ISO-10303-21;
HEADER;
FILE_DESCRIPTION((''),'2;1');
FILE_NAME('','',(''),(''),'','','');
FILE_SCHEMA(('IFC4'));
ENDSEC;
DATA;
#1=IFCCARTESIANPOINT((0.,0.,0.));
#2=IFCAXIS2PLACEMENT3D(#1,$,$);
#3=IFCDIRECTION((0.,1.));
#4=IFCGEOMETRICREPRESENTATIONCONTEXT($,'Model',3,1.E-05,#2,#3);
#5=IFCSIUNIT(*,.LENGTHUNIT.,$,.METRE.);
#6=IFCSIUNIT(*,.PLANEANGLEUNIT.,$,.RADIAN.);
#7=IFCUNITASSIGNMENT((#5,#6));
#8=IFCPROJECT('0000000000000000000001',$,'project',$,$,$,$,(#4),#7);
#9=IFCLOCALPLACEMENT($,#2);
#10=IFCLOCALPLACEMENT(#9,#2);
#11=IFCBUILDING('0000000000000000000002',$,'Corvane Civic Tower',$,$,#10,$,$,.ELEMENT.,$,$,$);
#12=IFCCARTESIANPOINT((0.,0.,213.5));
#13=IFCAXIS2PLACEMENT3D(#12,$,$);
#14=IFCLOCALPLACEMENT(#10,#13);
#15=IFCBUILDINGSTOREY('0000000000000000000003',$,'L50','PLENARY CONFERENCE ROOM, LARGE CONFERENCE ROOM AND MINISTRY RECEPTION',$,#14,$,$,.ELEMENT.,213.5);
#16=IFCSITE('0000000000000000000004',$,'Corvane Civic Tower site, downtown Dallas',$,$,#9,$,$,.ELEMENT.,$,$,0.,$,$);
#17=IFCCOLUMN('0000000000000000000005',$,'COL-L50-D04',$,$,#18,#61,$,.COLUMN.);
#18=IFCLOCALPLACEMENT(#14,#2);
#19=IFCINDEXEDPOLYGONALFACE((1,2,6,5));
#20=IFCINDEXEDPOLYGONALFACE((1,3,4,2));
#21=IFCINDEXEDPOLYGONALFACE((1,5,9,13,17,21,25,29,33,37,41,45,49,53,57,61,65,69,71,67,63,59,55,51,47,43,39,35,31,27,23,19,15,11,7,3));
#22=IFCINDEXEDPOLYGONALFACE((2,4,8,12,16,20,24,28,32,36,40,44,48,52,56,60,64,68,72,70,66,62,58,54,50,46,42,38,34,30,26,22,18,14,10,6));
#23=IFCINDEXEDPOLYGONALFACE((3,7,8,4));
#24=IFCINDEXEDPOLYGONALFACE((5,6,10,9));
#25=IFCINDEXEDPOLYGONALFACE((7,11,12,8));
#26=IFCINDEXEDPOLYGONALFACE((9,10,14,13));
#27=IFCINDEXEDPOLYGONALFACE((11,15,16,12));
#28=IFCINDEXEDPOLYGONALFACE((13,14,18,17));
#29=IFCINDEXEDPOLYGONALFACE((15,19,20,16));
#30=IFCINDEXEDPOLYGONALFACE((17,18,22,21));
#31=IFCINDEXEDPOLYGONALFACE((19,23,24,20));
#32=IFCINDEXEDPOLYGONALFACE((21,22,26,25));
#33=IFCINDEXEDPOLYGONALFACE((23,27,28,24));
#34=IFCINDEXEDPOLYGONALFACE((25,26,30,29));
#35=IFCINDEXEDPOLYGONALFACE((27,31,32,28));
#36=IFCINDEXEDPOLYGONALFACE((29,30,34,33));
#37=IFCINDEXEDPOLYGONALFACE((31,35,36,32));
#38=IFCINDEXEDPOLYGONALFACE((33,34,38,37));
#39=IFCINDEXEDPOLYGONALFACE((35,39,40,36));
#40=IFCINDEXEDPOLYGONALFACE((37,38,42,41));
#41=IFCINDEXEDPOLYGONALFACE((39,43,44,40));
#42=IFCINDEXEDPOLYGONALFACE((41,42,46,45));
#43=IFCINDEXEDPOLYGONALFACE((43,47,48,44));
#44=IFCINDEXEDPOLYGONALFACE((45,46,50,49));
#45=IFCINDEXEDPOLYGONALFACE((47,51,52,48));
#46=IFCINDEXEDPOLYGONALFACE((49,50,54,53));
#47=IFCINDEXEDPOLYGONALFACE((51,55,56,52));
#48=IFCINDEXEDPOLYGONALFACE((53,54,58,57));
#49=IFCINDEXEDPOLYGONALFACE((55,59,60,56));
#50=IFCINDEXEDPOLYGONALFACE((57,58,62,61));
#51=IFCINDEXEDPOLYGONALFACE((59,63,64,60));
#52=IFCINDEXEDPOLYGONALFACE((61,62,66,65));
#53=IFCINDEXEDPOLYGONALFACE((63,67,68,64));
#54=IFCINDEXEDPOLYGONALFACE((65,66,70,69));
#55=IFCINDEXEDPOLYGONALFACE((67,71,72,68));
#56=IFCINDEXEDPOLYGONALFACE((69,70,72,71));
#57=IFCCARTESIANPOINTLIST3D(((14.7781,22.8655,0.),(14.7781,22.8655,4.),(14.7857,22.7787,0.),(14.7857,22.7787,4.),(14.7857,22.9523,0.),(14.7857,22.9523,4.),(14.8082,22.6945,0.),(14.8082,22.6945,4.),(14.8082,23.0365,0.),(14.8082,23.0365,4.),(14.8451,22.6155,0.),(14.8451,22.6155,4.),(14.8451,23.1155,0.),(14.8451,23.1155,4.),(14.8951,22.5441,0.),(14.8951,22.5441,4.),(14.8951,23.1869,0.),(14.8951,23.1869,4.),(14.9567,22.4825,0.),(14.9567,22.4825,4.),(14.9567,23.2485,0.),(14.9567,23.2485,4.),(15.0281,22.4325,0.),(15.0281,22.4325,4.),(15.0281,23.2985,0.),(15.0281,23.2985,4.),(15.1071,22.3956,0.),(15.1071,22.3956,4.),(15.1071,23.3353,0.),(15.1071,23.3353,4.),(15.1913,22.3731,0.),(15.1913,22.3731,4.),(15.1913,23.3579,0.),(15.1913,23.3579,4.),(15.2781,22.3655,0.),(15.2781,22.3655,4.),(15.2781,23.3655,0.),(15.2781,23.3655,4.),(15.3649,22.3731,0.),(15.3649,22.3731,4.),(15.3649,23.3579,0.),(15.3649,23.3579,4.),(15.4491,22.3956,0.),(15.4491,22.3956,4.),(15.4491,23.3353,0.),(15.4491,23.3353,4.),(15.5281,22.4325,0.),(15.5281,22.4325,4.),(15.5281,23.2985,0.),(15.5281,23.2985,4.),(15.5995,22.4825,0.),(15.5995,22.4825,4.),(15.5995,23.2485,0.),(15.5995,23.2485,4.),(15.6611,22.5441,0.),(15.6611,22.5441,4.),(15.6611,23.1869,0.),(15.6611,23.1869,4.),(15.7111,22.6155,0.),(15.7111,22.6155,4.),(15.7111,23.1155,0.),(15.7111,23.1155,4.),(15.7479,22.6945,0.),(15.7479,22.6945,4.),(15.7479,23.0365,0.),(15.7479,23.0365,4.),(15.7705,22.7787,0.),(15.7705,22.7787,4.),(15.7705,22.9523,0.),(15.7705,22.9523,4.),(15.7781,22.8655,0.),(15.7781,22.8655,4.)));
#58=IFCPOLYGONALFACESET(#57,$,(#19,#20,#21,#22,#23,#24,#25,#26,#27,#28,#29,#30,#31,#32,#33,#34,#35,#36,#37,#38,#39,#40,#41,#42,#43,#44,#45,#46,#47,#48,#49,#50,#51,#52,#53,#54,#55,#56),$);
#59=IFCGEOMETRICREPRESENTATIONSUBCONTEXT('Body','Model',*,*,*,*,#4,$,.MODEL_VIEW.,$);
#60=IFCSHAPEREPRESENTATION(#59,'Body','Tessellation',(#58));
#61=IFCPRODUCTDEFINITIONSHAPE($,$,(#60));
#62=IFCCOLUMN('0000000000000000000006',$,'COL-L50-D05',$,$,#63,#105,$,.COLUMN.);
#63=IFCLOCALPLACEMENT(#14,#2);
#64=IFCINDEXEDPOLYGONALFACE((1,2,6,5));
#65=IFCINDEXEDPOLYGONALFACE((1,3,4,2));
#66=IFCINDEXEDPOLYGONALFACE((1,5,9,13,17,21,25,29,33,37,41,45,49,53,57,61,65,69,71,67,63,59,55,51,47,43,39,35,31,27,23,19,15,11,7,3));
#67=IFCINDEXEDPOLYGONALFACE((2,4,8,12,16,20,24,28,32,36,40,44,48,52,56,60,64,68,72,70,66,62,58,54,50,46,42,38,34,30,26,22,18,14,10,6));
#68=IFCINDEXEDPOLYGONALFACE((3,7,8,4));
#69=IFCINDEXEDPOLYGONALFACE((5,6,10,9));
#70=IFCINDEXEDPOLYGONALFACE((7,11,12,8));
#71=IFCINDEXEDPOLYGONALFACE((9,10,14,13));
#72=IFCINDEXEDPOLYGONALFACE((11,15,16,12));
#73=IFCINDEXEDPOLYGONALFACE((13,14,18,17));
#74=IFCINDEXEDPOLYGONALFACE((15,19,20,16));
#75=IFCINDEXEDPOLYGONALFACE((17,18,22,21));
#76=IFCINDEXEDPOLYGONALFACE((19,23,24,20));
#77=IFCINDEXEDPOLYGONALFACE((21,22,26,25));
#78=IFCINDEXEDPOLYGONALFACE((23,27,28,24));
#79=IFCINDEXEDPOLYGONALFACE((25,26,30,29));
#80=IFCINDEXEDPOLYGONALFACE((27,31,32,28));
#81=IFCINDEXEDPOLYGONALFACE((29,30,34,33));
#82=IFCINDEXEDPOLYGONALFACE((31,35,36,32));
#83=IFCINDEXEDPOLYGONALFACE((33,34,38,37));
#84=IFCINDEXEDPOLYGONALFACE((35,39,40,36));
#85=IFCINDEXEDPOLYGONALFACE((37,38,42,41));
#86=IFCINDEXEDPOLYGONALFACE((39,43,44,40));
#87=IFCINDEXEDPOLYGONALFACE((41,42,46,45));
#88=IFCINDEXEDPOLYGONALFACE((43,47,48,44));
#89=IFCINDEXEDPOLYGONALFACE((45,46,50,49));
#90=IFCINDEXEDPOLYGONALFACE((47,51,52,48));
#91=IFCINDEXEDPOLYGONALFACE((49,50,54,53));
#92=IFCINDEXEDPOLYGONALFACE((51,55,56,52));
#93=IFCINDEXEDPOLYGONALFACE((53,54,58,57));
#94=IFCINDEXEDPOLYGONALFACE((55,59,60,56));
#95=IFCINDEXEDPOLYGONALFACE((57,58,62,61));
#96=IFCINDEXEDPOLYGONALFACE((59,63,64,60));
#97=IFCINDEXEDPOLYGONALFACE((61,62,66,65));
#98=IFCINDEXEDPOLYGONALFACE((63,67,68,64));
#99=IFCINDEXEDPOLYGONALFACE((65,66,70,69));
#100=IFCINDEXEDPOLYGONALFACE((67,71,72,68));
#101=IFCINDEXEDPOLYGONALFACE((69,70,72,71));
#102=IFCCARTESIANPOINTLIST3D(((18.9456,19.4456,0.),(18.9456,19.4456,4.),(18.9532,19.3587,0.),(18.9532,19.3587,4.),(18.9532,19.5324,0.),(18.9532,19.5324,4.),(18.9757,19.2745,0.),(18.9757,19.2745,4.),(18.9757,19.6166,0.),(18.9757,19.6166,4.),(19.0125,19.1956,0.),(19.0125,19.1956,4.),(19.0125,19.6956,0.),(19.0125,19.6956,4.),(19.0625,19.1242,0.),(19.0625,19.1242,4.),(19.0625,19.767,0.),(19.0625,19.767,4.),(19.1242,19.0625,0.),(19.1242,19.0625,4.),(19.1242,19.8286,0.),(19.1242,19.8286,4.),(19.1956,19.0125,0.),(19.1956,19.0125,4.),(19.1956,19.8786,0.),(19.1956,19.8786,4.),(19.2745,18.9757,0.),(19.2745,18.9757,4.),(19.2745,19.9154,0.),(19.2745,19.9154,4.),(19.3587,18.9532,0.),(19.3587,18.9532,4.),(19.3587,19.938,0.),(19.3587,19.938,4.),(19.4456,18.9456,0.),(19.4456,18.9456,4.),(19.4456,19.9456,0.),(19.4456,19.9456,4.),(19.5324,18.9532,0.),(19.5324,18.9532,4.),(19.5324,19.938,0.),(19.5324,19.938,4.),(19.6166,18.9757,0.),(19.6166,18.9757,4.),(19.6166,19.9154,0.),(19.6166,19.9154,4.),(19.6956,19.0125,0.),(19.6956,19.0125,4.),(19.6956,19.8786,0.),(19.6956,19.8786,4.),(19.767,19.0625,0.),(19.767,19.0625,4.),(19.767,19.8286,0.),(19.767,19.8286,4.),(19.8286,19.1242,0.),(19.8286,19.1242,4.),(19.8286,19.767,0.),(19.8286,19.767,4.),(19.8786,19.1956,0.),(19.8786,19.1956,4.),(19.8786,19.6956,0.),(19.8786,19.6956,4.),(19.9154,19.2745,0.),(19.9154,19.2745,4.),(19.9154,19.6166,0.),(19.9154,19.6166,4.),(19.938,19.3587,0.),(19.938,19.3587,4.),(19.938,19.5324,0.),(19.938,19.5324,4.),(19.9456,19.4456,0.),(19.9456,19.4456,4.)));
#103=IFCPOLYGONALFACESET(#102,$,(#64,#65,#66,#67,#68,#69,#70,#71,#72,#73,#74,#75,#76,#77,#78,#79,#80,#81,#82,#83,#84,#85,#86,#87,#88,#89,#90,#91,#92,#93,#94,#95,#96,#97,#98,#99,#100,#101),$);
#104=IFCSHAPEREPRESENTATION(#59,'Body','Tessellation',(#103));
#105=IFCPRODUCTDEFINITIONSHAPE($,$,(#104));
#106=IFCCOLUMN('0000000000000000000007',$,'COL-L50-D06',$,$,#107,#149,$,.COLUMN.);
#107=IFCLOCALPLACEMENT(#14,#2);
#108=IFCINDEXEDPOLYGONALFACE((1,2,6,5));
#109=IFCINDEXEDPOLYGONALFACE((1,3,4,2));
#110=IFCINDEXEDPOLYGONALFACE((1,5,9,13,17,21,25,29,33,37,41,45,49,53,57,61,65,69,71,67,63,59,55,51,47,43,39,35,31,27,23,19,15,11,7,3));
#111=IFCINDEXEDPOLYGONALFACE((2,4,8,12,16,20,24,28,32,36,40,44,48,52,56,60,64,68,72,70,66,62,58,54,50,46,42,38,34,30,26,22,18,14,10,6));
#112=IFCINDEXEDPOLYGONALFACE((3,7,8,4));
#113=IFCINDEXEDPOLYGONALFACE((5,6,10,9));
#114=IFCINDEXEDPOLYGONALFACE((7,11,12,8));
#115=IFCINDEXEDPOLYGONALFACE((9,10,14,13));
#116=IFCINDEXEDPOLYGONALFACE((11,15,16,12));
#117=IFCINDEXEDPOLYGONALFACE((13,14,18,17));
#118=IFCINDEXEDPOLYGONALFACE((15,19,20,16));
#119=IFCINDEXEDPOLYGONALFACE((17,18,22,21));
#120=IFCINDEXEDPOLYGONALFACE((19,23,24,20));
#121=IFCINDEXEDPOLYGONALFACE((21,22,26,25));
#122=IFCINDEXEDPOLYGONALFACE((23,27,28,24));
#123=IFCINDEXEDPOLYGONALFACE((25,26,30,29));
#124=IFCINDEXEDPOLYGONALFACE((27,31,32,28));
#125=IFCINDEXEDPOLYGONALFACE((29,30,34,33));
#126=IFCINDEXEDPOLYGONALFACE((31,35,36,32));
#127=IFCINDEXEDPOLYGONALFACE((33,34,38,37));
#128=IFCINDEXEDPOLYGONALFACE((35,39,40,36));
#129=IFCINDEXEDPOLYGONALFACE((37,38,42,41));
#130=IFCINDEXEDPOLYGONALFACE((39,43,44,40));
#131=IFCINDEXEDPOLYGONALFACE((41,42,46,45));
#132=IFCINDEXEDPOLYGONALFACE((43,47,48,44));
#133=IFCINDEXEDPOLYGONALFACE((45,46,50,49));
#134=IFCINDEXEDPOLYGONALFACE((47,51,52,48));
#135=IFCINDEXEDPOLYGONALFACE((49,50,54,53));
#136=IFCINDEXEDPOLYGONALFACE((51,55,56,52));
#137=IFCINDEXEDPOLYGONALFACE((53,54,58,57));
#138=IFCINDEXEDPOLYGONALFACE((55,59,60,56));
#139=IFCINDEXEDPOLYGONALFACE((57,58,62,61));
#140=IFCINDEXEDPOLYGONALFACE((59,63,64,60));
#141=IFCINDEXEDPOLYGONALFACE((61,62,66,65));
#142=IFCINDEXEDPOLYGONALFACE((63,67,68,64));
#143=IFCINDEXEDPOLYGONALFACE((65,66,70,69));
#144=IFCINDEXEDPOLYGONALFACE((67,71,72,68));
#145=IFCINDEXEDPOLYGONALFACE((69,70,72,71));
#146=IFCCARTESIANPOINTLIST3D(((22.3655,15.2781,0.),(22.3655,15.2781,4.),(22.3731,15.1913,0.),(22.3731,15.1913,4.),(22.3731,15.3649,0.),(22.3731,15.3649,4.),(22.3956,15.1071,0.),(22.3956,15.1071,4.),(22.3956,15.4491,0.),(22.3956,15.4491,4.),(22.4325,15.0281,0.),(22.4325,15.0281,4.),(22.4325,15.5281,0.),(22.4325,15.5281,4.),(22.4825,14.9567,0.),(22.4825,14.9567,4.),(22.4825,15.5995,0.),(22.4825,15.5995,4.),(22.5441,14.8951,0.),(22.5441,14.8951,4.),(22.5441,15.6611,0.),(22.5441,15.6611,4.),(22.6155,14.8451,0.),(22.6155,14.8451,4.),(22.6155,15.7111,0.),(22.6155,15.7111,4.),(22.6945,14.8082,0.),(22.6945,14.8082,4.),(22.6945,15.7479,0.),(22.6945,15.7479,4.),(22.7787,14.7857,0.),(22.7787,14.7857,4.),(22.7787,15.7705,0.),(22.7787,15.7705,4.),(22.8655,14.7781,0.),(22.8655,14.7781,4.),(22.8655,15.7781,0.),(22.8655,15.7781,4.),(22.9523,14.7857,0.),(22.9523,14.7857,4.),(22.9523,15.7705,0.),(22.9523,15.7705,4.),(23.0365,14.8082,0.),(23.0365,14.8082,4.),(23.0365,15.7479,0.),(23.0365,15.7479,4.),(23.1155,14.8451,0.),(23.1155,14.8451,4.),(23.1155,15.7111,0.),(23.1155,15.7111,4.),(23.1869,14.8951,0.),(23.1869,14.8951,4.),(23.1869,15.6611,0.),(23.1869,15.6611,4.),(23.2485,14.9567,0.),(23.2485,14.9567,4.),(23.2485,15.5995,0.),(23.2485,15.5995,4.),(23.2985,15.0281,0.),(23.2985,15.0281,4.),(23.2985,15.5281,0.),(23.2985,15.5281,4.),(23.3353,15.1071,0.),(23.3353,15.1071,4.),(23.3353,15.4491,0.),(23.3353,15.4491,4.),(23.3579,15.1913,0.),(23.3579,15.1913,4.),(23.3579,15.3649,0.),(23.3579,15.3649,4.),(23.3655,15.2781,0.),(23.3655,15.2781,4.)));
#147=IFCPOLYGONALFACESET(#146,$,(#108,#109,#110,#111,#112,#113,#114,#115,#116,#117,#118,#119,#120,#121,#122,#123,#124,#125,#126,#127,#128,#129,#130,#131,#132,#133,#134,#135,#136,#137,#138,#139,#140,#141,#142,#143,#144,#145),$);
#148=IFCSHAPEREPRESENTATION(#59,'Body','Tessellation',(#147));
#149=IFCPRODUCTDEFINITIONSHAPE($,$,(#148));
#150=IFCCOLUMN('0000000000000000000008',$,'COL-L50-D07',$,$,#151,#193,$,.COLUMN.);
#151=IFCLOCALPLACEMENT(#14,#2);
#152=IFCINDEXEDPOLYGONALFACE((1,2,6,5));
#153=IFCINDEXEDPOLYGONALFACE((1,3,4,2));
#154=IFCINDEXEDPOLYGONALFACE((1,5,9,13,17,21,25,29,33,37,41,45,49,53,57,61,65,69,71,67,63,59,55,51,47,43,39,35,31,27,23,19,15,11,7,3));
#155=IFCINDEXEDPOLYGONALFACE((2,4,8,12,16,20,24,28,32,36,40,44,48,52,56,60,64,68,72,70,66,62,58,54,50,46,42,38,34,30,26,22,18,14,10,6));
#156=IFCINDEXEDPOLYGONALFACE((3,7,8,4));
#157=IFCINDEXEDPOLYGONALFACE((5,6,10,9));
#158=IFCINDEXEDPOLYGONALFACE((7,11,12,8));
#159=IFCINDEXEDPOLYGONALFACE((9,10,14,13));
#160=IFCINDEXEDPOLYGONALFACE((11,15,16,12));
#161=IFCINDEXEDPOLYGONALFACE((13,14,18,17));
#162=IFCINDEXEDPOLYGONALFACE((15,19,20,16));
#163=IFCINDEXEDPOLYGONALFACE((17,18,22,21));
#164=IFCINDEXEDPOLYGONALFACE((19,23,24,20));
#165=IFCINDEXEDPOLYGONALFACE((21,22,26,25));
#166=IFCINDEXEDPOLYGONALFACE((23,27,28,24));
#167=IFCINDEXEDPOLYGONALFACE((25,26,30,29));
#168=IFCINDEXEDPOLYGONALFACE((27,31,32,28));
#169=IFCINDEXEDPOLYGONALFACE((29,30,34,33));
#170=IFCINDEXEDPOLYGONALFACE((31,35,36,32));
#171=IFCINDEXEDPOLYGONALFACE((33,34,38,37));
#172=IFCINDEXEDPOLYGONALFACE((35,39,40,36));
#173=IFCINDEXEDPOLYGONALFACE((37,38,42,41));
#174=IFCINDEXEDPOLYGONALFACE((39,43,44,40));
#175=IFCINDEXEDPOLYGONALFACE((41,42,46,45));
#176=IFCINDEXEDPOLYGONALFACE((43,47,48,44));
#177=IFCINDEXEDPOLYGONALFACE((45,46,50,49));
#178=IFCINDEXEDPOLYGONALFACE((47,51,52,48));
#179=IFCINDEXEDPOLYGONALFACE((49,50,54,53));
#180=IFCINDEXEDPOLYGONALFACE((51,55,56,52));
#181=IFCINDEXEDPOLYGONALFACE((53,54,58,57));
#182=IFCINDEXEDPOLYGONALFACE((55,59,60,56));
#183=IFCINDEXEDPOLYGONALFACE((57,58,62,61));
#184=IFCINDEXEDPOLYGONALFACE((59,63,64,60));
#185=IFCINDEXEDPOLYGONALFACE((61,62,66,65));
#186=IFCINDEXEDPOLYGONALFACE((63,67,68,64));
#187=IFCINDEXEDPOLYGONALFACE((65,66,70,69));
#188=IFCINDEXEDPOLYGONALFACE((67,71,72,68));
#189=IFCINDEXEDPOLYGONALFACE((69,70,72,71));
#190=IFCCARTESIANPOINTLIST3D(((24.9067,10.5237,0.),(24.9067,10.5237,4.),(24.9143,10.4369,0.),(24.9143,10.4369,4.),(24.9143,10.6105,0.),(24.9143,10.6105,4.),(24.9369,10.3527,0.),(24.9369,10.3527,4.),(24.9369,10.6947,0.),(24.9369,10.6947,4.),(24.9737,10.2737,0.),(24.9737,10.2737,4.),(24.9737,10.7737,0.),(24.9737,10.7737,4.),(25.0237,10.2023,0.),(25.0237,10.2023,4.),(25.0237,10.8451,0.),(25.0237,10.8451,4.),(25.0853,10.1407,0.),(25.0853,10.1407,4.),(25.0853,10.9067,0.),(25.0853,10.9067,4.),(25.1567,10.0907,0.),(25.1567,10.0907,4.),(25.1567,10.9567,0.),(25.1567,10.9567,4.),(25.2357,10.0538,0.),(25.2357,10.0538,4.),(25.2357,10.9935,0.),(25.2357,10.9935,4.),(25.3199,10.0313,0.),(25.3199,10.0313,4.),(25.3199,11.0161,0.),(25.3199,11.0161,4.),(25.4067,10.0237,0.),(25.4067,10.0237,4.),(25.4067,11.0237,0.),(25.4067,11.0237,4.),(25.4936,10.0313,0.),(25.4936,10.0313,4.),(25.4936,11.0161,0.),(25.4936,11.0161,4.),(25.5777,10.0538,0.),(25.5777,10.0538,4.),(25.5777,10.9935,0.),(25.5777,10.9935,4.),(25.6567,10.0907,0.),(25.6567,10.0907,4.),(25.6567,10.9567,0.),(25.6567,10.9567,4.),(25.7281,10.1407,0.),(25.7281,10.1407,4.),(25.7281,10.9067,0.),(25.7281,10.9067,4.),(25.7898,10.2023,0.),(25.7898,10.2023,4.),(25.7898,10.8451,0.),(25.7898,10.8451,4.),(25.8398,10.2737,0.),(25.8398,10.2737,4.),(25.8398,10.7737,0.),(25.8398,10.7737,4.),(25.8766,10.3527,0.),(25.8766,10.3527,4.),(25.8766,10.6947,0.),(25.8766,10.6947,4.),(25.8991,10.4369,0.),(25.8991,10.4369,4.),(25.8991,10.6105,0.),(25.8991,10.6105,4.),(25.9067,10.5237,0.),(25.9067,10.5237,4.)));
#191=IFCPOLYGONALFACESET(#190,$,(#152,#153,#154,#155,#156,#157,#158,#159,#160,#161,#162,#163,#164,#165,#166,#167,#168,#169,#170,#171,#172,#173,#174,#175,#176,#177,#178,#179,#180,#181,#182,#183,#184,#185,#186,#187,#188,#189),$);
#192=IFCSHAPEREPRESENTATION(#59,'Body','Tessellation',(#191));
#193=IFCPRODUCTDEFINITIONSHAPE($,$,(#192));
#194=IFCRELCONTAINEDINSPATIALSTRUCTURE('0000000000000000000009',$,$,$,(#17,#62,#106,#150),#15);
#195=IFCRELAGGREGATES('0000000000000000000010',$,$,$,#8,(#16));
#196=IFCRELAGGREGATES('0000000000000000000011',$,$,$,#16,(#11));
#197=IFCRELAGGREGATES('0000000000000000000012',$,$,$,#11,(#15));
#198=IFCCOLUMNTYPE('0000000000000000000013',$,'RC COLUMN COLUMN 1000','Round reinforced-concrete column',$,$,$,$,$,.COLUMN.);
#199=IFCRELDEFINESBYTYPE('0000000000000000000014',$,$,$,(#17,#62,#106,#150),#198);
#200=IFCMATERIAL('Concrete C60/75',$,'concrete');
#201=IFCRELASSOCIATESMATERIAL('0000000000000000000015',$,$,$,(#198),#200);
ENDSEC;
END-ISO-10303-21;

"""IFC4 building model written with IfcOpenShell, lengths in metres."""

from ifc_helpers import new_model, si_unit, direction, frame, origin, origin_2d, place, context, subcontext, project, spatial, circle, extrude, material, material_profile, profile_set, type_object, element, save


model = new_model("IFC4")

# Units and contexts
model_context = context("Model", 3, precision=1e-05, world=origin(), true_north=direction((0.0, 1.0)))
body_context = subcontext(model_context, "Body", "Model", "MODEL_VIEW")
ifc_project = project(units=[si_unit("LENGTHUNIT", "METRE"), si_unit("PLANEANGLEUNIT", "RADIAN")], contexts=[model_context])

# Site, building, storey
site_placement = place(None, origin())
site = spatial("IfcSite", under=ifc_project, at=site_placement, Name="Corvane Civic Tower site, downtown Dallas", CompositionType="ELEMENT", RefElevation=0.0)
building_placement = place(site_placement, origin())
building = spatial("IfcBuilding", under=site, at=building_placement, Name="Corvane Civic Tower", CompositionType="ELEMENT")
storey_placement = place(building_placement, frame((0.0, 0.0, 213.5)))
storey = spatial("IfcBuildingStorey", under=building, at=storey_placement, Name="L50", Description="PLENARY CONFERENCE ROOM, LARGE CONFERENCE ROOM AND MINISTRY RECEPTION", CompositionType="ELEMENT", Elevation=213.5)

# Columns
ifc_material_1 = material(Name="Concrete C60/75", Category="concrete")
ifc_material_profile_1 = material_profile(ifc_material_1, circle(Radius=0.5, at=origin_2d()), Name="COLUMN 1000")
ifc_profile_set_1 = profile_set([ifc_material_profile_1], Name="Concrete C60/75")
column_type = type_object("IfcColumnType", Name="RC COLUMN COLUMN 1000", Description="Round reinforced-concrete column", PredefinedType="COLUMN", material=ifc_profile_set_1)
for number, where, z_axis, x_axis, name in (
    (1, (15.2781, 22.8655, 0.0), (0.0, 0.0, 1.0), (1.0, 0.0, 0.0), "COL-L50-D04"),
    (2, (19.4456, 19.4456, 0.0), (0.0, 0.0, 1.0), (1.0, 0.0, 0.0), "COL-L50-D05"),
    (3, (22.8655, 15.2781, 0.0), (0.0, 0.0, 1.0), (1.0, 0.0, 0.0), "COL-L50-D06"),
    (4, (25.4067, 10.5237, 0.0), (0.0, 0.0, 1.0), (1.0, 0.0, 0.0), "COL-L50-D07"),
):
    element("IfcColumn", number, at=place(storey_placement, frame(where, z_axis=z_axis, x_axis=x_axis)), inside=storey, type_object=column_type, Name=name, PredefinedType="COLUMN", context=body_context, shape_type="SweptSolid", body=[
        extrude(circle(Radius=0.5, at=origin_2d()), origin(), (0.0, 0.0, 1.0), 4.0),
    ])

save(model, "model.ifc")
